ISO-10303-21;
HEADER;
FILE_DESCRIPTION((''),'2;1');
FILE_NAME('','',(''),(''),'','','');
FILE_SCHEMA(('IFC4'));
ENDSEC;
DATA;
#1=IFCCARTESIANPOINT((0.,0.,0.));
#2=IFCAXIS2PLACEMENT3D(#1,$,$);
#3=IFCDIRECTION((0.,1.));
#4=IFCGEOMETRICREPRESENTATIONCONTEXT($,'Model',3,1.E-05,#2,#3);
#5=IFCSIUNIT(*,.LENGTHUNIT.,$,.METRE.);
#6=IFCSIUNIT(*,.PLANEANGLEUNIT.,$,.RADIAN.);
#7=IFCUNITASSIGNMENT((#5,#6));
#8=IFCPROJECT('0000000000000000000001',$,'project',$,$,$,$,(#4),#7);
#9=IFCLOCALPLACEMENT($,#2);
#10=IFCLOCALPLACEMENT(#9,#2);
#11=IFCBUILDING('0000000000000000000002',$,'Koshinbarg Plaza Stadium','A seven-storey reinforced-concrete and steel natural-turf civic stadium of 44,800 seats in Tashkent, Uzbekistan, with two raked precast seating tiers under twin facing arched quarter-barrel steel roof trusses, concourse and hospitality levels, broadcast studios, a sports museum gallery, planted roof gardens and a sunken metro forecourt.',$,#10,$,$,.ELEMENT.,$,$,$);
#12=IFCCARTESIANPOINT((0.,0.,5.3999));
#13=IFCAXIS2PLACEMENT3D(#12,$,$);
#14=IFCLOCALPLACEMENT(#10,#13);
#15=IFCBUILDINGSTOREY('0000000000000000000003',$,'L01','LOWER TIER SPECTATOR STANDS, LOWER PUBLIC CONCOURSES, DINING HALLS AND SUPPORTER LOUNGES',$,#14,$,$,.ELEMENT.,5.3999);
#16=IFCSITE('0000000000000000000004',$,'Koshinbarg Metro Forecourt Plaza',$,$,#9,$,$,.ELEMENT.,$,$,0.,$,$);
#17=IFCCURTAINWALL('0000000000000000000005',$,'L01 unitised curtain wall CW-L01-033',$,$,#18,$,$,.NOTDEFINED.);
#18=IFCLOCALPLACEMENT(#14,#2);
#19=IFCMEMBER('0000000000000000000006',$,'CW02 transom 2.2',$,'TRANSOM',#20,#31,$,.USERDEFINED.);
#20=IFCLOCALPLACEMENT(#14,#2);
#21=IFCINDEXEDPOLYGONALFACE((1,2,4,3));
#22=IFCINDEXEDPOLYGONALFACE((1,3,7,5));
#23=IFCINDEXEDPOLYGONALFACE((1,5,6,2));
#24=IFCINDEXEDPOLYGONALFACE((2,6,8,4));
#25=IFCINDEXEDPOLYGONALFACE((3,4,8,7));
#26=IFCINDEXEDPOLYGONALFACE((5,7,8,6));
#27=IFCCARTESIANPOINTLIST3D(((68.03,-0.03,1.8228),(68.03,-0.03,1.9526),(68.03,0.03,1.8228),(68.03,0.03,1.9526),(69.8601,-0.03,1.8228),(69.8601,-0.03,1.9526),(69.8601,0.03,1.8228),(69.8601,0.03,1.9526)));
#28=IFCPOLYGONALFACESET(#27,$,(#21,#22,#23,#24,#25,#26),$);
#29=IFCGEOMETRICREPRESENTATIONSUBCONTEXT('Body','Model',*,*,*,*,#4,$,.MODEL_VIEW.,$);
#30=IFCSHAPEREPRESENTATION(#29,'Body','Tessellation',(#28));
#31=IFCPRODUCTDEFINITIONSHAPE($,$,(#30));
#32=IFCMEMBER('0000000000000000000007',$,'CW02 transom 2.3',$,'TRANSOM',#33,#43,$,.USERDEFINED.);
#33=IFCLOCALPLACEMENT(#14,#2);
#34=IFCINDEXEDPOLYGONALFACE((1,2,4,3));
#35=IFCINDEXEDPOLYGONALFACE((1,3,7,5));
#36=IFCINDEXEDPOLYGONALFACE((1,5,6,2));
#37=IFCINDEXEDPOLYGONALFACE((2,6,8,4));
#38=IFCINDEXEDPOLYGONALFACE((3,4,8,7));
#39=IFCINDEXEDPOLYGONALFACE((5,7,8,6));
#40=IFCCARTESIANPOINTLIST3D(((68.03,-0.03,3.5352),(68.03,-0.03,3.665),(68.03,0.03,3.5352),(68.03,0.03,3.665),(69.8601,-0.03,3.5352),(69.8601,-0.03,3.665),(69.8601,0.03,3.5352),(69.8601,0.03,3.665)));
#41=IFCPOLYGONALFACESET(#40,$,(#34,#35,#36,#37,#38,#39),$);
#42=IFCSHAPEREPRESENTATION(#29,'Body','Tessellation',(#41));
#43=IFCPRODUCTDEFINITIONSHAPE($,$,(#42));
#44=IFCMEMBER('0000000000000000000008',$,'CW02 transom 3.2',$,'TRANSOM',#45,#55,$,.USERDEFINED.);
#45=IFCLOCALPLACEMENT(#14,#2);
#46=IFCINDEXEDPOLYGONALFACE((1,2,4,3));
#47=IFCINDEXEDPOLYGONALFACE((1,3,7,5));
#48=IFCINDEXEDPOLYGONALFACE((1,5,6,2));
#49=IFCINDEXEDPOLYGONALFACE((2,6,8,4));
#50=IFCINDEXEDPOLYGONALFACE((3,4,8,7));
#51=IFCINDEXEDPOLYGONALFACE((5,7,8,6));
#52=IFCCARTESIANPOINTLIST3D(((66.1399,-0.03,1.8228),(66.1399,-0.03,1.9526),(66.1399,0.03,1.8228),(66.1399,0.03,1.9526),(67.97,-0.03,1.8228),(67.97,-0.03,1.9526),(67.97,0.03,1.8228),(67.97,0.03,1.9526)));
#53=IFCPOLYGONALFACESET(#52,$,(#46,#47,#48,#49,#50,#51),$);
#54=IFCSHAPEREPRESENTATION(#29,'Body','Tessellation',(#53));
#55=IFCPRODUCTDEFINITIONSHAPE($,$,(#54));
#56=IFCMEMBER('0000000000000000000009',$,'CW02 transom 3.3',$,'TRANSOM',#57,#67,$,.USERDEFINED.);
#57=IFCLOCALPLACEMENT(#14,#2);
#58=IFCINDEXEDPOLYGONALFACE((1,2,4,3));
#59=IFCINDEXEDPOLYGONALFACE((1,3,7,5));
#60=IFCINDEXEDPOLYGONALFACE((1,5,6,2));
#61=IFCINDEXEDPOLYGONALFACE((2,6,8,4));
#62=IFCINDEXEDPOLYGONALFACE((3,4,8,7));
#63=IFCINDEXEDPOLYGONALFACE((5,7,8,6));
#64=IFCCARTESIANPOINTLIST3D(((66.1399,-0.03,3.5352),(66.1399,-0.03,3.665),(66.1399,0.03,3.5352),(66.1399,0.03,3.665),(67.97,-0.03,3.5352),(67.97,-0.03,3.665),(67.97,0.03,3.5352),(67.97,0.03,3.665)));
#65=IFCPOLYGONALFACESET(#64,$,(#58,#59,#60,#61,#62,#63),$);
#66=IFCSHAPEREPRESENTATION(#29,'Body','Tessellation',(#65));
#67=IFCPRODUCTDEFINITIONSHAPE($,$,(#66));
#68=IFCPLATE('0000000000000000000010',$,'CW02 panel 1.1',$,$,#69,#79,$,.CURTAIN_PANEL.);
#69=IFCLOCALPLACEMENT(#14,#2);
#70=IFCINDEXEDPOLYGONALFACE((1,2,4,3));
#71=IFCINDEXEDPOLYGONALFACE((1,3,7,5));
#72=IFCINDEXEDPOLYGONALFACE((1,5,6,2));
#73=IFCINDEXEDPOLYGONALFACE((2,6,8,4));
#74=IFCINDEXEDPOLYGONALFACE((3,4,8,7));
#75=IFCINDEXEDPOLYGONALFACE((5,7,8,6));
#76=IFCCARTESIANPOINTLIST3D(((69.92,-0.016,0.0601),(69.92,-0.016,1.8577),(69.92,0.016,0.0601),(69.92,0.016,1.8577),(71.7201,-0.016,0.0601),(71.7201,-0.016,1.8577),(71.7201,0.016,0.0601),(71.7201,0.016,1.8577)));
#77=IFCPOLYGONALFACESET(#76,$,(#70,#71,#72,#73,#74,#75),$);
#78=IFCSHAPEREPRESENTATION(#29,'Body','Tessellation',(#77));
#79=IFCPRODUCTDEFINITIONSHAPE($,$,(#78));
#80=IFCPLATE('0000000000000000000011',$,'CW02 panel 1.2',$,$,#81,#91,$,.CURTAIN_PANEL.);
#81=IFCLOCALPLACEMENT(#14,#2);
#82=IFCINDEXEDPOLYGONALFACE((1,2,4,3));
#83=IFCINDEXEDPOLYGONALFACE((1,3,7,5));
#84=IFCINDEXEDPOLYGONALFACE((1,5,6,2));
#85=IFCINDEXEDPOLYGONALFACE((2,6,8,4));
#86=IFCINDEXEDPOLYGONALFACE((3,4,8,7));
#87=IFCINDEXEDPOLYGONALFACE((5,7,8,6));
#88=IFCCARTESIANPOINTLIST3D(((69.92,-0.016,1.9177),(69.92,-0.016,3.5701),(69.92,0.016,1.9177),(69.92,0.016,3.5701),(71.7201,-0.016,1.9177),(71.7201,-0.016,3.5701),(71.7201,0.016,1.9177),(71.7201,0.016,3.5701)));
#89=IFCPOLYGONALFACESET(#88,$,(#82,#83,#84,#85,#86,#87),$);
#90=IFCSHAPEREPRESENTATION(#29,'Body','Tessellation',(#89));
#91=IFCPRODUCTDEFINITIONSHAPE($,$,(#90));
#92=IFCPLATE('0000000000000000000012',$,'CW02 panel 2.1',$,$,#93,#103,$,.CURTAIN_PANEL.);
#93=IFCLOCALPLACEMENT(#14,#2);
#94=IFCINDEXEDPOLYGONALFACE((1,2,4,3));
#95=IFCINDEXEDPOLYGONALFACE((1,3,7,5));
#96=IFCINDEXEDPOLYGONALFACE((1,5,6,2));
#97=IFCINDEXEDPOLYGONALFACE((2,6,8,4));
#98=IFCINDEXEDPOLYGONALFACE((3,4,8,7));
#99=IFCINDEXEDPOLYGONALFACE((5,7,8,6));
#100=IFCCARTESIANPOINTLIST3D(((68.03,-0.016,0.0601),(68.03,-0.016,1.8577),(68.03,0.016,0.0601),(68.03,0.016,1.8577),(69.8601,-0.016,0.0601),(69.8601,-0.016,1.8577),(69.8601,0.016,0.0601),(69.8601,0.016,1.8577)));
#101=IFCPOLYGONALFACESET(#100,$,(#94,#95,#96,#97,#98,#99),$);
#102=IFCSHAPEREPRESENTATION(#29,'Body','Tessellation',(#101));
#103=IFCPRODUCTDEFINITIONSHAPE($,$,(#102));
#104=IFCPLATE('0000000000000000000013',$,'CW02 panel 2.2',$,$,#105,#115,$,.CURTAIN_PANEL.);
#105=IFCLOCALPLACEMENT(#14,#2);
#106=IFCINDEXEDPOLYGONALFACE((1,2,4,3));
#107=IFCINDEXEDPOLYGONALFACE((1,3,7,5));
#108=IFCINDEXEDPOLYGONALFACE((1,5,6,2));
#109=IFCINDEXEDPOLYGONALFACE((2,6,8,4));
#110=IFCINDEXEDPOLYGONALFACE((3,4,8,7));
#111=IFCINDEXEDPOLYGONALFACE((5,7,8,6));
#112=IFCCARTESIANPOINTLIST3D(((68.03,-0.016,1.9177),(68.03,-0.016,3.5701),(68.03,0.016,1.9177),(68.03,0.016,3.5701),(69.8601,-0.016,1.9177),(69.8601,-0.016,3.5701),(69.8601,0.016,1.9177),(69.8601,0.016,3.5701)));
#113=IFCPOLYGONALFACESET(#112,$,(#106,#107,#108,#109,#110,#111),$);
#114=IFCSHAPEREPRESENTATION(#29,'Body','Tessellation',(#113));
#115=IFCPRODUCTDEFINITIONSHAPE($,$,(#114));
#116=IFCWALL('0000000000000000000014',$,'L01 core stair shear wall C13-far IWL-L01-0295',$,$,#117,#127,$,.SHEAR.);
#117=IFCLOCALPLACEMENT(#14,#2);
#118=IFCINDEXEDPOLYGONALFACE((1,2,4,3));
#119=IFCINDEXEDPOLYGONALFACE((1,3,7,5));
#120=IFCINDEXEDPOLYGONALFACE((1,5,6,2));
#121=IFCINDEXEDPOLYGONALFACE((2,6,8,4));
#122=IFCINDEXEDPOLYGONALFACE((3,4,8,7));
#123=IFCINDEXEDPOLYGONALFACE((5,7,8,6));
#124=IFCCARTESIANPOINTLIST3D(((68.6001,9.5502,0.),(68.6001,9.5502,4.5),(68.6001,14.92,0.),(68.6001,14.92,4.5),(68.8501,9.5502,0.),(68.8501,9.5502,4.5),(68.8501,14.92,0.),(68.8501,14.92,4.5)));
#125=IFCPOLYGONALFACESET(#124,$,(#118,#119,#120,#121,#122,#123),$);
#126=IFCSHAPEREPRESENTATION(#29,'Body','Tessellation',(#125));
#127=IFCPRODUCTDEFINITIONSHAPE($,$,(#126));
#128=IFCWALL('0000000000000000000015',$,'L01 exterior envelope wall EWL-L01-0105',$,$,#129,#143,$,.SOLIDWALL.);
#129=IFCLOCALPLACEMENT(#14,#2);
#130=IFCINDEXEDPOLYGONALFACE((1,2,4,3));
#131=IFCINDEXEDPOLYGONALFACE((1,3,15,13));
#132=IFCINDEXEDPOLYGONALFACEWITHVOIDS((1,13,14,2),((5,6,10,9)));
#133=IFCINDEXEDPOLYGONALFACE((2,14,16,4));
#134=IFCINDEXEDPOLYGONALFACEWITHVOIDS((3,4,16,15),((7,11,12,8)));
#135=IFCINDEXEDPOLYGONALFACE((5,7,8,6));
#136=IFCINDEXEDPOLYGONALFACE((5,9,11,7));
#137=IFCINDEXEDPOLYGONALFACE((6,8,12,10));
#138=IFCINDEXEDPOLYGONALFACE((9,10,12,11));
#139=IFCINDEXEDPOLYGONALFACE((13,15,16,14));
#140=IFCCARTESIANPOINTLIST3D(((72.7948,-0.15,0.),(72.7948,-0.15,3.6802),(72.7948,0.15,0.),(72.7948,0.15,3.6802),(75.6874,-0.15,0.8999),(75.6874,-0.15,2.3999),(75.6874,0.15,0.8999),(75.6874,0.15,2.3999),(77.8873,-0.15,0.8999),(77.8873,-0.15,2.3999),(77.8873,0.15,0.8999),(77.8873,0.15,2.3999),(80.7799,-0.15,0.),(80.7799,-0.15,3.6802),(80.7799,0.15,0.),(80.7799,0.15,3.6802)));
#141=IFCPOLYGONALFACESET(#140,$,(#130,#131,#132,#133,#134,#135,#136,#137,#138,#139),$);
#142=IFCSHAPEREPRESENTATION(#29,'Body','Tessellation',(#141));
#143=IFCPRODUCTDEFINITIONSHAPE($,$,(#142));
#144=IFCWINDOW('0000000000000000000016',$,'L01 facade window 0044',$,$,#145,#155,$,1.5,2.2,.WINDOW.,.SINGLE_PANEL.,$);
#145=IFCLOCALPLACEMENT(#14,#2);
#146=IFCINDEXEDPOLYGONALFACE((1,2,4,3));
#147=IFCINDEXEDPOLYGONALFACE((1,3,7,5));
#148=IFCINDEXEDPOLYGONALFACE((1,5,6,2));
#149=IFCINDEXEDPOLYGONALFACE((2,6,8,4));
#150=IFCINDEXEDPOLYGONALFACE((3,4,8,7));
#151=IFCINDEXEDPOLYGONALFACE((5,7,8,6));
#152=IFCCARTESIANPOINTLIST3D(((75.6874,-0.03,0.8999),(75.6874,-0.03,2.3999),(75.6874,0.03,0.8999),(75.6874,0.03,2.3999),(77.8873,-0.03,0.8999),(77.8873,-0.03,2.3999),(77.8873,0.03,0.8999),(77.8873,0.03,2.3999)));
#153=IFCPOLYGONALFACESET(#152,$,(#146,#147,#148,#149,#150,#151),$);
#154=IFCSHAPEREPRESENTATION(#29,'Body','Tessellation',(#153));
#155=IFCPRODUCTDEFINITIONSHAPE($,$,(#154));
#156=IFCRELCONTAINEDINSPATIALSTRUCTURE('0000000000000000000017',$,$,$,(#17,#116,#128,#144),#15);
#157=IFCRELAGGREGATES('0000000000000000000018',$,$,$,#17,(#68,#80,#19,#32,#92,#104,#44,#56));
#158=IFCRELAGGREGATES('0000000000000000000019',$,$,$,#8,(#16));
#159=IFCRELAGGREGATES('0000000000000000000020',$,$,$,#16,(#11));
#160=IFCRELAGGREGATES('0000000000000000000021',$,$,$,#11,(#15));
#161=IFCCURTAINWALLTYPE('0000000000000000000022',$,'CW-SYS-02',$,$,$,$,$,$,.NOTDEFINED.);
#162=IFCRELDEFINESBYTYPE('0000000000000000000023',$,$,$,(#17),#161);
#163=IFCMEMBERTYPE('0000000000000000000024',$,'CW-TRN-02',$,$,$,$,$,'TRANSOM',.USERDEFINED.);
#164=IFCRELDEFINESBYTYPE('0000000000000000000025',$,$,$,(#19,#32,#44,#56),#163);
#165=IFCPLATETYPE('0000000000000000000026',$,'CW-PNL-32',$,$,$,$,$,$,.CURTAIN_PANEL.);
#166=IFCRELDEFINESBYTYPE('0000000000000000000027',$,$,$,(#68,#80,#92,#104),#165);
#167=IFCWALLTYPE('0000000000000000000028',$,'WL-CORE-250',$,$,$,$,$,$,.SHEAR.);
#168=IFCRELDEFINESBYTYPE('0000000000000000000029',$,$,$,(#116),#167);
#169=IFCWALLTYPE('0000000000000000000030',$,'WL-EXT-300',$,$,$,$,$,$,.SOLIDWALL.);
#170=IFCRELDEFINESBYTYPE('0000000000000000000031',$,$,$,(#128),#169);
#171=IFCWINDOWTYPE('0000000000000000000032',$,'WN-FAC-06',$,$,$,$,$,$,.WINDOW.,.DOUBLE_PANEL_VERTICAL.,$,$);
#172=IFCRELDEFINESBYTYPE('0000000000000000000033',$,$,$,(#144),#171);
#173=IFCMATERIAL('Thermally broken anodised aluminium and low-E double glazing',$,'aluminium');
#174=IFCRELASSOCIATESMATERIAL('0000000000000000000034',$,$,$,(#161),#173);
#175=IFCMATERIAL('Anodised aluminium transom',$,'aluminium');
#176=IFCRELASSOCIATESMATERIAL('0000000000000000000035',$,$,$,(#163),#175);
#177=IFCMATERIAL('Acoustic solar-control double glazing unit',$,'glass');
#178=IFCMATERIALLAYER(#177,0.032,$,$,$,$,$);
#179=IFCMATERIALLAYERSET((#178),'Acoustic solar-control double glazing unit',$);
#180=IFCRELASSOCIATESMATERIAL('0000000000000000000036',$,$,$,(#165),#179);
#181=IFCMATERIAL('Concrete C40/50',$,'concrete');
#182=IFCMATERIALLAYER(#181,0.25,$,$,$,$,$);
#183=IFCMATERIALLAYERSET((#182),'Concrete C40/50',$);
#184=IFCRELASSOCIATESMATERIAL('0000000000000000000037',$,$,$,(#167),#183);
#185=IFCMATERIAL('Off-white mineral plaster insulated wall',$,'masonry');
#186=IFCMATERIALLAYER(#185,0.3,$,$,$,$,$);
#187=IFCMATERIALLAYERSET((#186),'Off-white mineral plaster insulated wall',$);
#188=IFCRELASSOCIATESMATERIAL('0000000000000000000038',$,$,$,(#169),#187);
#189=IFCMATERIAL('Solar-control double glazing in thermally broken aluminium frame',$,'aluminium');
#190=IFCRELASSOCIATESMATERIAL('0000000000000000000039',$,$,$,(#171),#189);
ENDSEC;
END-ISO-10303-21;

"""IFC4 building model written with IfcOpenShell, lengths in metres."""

from ifc_helpers import new_model, si_unit, direction, frame, frame_2d, origin, origin_2d, place, context, subcontext, project, spatial, rectangle, extrude, material, layer, layer_set, material_profile, profile_set, type_object, element, fill, aggregate, save


model = new_model("IFC4")

# Units and contexts
model_context = context("Model", 3, precision=1e-05, world=origin(), true_north=direction((0.0, 1.0)))
body_context = subcontext(model_context, "Body", "Model", "MODEL_VIEW")
ifc_project = project(units=[si_unit("LENGTHUNIT", "METRE"), si_unit("PLANEANGLEUNIT", "RADIAN")], contexts=[model_context])

# Site, building, storey
site_placement = place(None, origin())
site = spatial("IfcSite", under=ifc_project, at=site_placement, Name="Koshinbarg Metro Forecourt Plaza", CompositionType="ELEMENT", RefElevation=0.0)
building_placement = place(site_placement, origin())
building = spatial("IfcBuilding", under=site, at=building_placement, Name="Koshinbarg Plaza Stadium", Description="A seven-storey reinforced-concrete and steel natural-turf civic stadium of 44,800 seats in Tashkent, Uzbekistan, with two raked precast seating tiers under twin facing arched quarter-barrel steel roof trusses, concourse and hospitality levels, broadcast studios, a sports museum gallery, planted roof gardens and a sunken metro forecourt.", CompositionType="ELEMENT")
storey_placement = place(building_placement, frame((0.0, 0.0, 5.3999)))
storey = spatial("IfcBuildingStorey", under=building, at=storey_placement, Name="L01", Description="LOWER TIER SPECTATOR STANDS, LOWER PUBLIC CONCOURSES, DINING HALLS AND SUPPORTER LOUNGES", CompositionType="ELEMENT", Elevation=5.3999)

# Shared definitions
ifc_material_1 = material(Name="Concrete C40/50", Category="concrete")

# Curtain wall, members, plates
ifc_material_2 = material(Name="Thermally broken anodised aluminium and low-E double glazing", Category="aluminium")
curtain_wall_type = type_object("IfcCurtainWallType", Name="CW-SYS-02", PredefinedType="NOTDEFINED", material=ifc_material_2)
curtain_wall_placement = place(storey_placement, origin())
curtain_wall = element("IfcCurtainWall", 1, at=curtain_wall_placement, inside=storey, type_object=curtain_wall_type, Name="L01 unitised curtain wall CW-L01-033", PredefinedType="NOTDEFINED")
ifc_material_3 = material(Name="Anodised aluminium transom", Category="aluminium")
ifc_material_profile_1 = material_profile(ifc_material_3, rectangle(XDim=0.0601, YDim=0.1299, at=origin_2d()), Name="ALU 60x130")
ifc_profile_set_1 = profile_set([ifc_material_profile_1], Name="Anodised aluminium transom")
member_type_1 = type_object("IfcMemberType", Name="CW-TRN-02", ElementType="TRANSOM", PredefinedType="USERDEFINED", material=ifc_profile_set_1)
member_1_placement = place(storey_placement, frame((69.8601, 0.0, 1.8877), z_axis=(-1.0, 0.0, 0.0), x_axis=(0.0, -1.0, 0.0)))
member_1 = element("IfcMember", 2, at=member_1_placement, type_object=member_type_1, Name="CW02 transom 2.2", ObjectType="TRANSOM", PredefinedType="USERDEFINED", context=body_context, shape_type="SweptSolid", body=[
    extrude(rectangle(XDim=0.0601, YDim=0.1299, at=origin_2d()), origin(), (0.0, 0.0, 1.0), 1.8301),
])
member_2_placement = place(storey_placement, frame((69.8601, 0.0, 3.6001), z_axis=(-1.0, 0.0, 0.0), x_axis=(0.0, -1.0, 0.0)))
member_2 = element("IfcMember", 3, at=member_2_placement, type_object=member_type_1, Name="CW02 transom 2.3", ObjectType="TRANSOM", PredefinedType="USERDEFINED", context=body_context, shape_type="SweptSolid", body=[
    extrude(rectangle(XDim=0.0601, YDim=0.1299, at=origin_2d()), origin(), (0.0, 0.0, 1.0), 1.8301),
])
member_3_placement = place(storey_placement, frame((67.97, 0.0, 1.8877), z_axis=(-1.0, 0.0, 0.0), x_axis=(0.0, -1.0, 0.0)))
member_3 = element("IfcMember", 4, at=member_3_placement, type_object=member_type_1, Name="CW02 transom 3.2", ObjectType="TRANSOM", PredefinedType="USERDEFINED", context=body_context, shape_type="SweptSolid", body=[
    extrude(rectangle(XDim=0.0601, YDim=0.1299, at=origin_2d()), origin(), (0.0, 0.0, 1.0), 1.8301),
])
member_4_placement = place(storey_placement, frame((67.97, 0.0, 3.6001), z_axis=(-1.0, 0.0, 0.0), x_axis=(0.0, -1.0, 0.0)))
member_4 = element("IfcMember", 5, at=member_4_placement, type_object=member_type_1, Name="CW02 transom 3.3", ObjectType="TRANSOM", PredefinedType="USERDEFINED", context=body_context, shape_type="SweptSolid", body=[
    extrude(rectangle(XDim=0.0601, YDim=0.1299, at=origin_2d()), origin(), (0.0, 0.0, 1.0), 1.8301),
])
ifc_material_4 = material(Name="Acoustic solar-control double glazing unit", Category="glass")
ifc_layer_1 = layer(ifc_material_4, 0.032)
ifc_layer_set_1 = layer_set([ifc_layer_1], Name="Acoustic solar-control double glazing unit")
plate_type = type_object("IfcPlateType", Name="CW-PNL-32", PredefinedType="CURTAIN_PANEL", material=ifc_layer_set_1)
plate_1_placement = place(storey_placement, frame((70.8201, 0.0, 0.0601), z_axis=(0.0, 0.0, 1.0), x_axis=(-1.0, 0.0, 0.0)))
plate_1 = element("IfcPlate", 6, at=plate_1_placement, type_object=plate_type, Name="CW02 panel 1.1", PredefinedType="CURTAIN_PANEL", context=body_context, shape_type="SweptSolid", body=[
    extrude(rectangle(XDim=1.8, YDim=0.032, at=origin_2d()), origin(), (0.0, 0.0, 1.0), 1.7976),
])
plate_2_placement = place(storey_placement, frame((70.8201, 0.0, 1.9177), z_axis=(0.0, 0.0, 1.0), x_axis=(-1.0, 0.0, 0.0)))
plate_2 = element("IfcPlate", 7, at=plate_2_placement, type_object=plate_type, Name="CW02 panel 1.2", PredefinedType="CURTAIN_PANEL", context=body_context, shape_type="SweptSolid", body=[
    extrude(rectangle(XDim=1.8, YDim=0.032, at=origin_2d()), origin(), (0.0, 0.0, 1.0), 1.6523),
])
plate_3_placement = place(storey_placement, frame((68.9451, 0.0, 0.0601), z_axis=(0.0, 0.0, 1.0), x_axis=(-1.0, 0.0, 0.0)))
plate_3 = element("IfcPlate", 8, at=plate_3_placement, type_object=plate_type, Name="CW02 panel 2.1", PredefinedType="CURTAIN_PANEL", context=body_context, shape_type="SweptSolid", body=[
    extrude(rectangle(XDim=1.8301, YDim=0.032, at=origin_2d()), origin(), (0.0, 0.0, 1.0), 1.7976),
])
plate_4_placement = place(storey_placement, frame((68.9451, 0.0, 1.9177), z_axis=(0.0, 0.0, 1.0), x_axis=(-1.0, 0.0, 0.0)))
plate_4 = element("IfcPlate", 9, at=plate_4_placement, type_object=plate_type, Name="CW02 panel 2.2", PredefinedType="CURTAIN_PANEL", context=body_context, shape_type="SweptSolid", body=[
    extrude(rectangle(XDim=1.8301, YDim=0.032, at=origin_2d()), origin(), (0.0, 0.0, 1.0), 1.6523),
])
aggregate(curtain_wall, [plate_1, plate_2, member_1, member_2, plate_3, plate_4, member_3, member_4])

# Wall
ifc_layer_2 = layer(ifc_material_1, 0.25)
ifc_layer_set_2 = layer_set([ifc_layer_2], Name="Concrete C40/50")
wall_type_1 = type_object("IfcWallType", Name="WL-CORE-250", PredefinedType="SHEAR", material=ifc_layer_set_2)
wall_1_placement = place(storey_placement, frame((68.7251, 9.55, 0.0), z_axis=(0.0, 0.0, 1.0), x_axis=(0.0, 1.0, 0.0)))
element("IfcWall", 10, at=wall_1_placement, inside=storey, type_object=wall_type_1, Name="L01 core stair shear wall C13-far IWL-L01-0295", PredefinedType="SHEAR", context=body_context, shape_type="SweptSolid", body=[
    extrude(rectangle(XDim=5.3699, YDim=0.25, at=frame_2d((2.6851, 0.0))), origin(), (0.0, 0.0, 1.0), 4.5),
])

# Wall, opening, window
ifc_material_5 = material(Name="Off-white mineral plaster insulated wall", Category="masonry")
ifc_layer_3 = layer(ifc_material_5, 0.3)
ifc_layer_set_3 = layer_set([ifc_layer_3], Name="Off-white mineral plaster insulated wall")
wall_type_2 = type_object("IfcWallType", Name="WL-EXT-300", PredefinedType="SOLIDWALL", material=ifc_layer_set_3)
wall_2_placement = place(storey_placement, frame((80.78, 0.0, 0.0), z_axis=(0.0, 0.0, 1.0), x_axis=(-1.0, 0.0, 0.0)))
wall_2 = element("IfcWall", 11, at=wall_2_placement, inside=storey, type_object=wall_type_2, Name="L01 exterior envelope wall EWL-L01-0105", PredefinedType="SOLIDWALL", context=body_context, shape_type="SweptSolid", body=[
    extrude(rectangle(XDim=7.9851, YDim=0.3, at=frame_2d((3.9927, 0.0))), origin(), (0.0, 0.0, 1.0), 3.6802),
])
opening_placement = place(wall_2_placement, frame((2.8926, 0.0, 0.8999)))
opening = element("IfcOpeningElement", 12, at=opening_placement, cuts=wall_2, PredefinedType="OPENING", context=body_context, shape_type="SweptSolid", body=[
    extrude(rectangle(XDim=2.2, YDim=1.5, at=frame_2d((1.1001, 0.75))), frame((0.0, 0.1599, 0.0), z_axis=(0.0, -1.0, 0.0), x_axis=(1.0, 0.0, 0.0)), (0.0, 0.0, 1.0), 0.3201),
])
ifc_material_6 = material(Name="Solar-control double glazing in thermally broken aluminium frame", Category="aluminium")
window_type = type_object("IfcWindowType", Name="WN-FAC-06", PartitioningType="DOUBLE_PANEL_VERTICAL", PredefinedType="WINDOW", material=ifc_material_6)
window_placement = place(opening_placement, origin())
window = element("IfcWindow", 13, at=window_placement, inside=storey, type_object=window_type, Name="L01 facade window 0044", OverallHeight=1.5, OverallWidth=2.2, PartitioningType="SINGLE_PANEL", PredefinedType="WINDOW", context=body_context, shape_type="SweptSolid", body=[
    extrude(rectangle(XDim=2.2, YDim=1.5, at=frame_2d((1.1001, 0.75))), frame((0.0, 0.03, 0.0), z_axis=(0.0, -1.0, 0.0), x_axis=(1.0, 0.0, 0.0)), (0.0, 0.0, 1.0), 0.0601),
])
fill(opening, window)

save(model, "model.ifc")
